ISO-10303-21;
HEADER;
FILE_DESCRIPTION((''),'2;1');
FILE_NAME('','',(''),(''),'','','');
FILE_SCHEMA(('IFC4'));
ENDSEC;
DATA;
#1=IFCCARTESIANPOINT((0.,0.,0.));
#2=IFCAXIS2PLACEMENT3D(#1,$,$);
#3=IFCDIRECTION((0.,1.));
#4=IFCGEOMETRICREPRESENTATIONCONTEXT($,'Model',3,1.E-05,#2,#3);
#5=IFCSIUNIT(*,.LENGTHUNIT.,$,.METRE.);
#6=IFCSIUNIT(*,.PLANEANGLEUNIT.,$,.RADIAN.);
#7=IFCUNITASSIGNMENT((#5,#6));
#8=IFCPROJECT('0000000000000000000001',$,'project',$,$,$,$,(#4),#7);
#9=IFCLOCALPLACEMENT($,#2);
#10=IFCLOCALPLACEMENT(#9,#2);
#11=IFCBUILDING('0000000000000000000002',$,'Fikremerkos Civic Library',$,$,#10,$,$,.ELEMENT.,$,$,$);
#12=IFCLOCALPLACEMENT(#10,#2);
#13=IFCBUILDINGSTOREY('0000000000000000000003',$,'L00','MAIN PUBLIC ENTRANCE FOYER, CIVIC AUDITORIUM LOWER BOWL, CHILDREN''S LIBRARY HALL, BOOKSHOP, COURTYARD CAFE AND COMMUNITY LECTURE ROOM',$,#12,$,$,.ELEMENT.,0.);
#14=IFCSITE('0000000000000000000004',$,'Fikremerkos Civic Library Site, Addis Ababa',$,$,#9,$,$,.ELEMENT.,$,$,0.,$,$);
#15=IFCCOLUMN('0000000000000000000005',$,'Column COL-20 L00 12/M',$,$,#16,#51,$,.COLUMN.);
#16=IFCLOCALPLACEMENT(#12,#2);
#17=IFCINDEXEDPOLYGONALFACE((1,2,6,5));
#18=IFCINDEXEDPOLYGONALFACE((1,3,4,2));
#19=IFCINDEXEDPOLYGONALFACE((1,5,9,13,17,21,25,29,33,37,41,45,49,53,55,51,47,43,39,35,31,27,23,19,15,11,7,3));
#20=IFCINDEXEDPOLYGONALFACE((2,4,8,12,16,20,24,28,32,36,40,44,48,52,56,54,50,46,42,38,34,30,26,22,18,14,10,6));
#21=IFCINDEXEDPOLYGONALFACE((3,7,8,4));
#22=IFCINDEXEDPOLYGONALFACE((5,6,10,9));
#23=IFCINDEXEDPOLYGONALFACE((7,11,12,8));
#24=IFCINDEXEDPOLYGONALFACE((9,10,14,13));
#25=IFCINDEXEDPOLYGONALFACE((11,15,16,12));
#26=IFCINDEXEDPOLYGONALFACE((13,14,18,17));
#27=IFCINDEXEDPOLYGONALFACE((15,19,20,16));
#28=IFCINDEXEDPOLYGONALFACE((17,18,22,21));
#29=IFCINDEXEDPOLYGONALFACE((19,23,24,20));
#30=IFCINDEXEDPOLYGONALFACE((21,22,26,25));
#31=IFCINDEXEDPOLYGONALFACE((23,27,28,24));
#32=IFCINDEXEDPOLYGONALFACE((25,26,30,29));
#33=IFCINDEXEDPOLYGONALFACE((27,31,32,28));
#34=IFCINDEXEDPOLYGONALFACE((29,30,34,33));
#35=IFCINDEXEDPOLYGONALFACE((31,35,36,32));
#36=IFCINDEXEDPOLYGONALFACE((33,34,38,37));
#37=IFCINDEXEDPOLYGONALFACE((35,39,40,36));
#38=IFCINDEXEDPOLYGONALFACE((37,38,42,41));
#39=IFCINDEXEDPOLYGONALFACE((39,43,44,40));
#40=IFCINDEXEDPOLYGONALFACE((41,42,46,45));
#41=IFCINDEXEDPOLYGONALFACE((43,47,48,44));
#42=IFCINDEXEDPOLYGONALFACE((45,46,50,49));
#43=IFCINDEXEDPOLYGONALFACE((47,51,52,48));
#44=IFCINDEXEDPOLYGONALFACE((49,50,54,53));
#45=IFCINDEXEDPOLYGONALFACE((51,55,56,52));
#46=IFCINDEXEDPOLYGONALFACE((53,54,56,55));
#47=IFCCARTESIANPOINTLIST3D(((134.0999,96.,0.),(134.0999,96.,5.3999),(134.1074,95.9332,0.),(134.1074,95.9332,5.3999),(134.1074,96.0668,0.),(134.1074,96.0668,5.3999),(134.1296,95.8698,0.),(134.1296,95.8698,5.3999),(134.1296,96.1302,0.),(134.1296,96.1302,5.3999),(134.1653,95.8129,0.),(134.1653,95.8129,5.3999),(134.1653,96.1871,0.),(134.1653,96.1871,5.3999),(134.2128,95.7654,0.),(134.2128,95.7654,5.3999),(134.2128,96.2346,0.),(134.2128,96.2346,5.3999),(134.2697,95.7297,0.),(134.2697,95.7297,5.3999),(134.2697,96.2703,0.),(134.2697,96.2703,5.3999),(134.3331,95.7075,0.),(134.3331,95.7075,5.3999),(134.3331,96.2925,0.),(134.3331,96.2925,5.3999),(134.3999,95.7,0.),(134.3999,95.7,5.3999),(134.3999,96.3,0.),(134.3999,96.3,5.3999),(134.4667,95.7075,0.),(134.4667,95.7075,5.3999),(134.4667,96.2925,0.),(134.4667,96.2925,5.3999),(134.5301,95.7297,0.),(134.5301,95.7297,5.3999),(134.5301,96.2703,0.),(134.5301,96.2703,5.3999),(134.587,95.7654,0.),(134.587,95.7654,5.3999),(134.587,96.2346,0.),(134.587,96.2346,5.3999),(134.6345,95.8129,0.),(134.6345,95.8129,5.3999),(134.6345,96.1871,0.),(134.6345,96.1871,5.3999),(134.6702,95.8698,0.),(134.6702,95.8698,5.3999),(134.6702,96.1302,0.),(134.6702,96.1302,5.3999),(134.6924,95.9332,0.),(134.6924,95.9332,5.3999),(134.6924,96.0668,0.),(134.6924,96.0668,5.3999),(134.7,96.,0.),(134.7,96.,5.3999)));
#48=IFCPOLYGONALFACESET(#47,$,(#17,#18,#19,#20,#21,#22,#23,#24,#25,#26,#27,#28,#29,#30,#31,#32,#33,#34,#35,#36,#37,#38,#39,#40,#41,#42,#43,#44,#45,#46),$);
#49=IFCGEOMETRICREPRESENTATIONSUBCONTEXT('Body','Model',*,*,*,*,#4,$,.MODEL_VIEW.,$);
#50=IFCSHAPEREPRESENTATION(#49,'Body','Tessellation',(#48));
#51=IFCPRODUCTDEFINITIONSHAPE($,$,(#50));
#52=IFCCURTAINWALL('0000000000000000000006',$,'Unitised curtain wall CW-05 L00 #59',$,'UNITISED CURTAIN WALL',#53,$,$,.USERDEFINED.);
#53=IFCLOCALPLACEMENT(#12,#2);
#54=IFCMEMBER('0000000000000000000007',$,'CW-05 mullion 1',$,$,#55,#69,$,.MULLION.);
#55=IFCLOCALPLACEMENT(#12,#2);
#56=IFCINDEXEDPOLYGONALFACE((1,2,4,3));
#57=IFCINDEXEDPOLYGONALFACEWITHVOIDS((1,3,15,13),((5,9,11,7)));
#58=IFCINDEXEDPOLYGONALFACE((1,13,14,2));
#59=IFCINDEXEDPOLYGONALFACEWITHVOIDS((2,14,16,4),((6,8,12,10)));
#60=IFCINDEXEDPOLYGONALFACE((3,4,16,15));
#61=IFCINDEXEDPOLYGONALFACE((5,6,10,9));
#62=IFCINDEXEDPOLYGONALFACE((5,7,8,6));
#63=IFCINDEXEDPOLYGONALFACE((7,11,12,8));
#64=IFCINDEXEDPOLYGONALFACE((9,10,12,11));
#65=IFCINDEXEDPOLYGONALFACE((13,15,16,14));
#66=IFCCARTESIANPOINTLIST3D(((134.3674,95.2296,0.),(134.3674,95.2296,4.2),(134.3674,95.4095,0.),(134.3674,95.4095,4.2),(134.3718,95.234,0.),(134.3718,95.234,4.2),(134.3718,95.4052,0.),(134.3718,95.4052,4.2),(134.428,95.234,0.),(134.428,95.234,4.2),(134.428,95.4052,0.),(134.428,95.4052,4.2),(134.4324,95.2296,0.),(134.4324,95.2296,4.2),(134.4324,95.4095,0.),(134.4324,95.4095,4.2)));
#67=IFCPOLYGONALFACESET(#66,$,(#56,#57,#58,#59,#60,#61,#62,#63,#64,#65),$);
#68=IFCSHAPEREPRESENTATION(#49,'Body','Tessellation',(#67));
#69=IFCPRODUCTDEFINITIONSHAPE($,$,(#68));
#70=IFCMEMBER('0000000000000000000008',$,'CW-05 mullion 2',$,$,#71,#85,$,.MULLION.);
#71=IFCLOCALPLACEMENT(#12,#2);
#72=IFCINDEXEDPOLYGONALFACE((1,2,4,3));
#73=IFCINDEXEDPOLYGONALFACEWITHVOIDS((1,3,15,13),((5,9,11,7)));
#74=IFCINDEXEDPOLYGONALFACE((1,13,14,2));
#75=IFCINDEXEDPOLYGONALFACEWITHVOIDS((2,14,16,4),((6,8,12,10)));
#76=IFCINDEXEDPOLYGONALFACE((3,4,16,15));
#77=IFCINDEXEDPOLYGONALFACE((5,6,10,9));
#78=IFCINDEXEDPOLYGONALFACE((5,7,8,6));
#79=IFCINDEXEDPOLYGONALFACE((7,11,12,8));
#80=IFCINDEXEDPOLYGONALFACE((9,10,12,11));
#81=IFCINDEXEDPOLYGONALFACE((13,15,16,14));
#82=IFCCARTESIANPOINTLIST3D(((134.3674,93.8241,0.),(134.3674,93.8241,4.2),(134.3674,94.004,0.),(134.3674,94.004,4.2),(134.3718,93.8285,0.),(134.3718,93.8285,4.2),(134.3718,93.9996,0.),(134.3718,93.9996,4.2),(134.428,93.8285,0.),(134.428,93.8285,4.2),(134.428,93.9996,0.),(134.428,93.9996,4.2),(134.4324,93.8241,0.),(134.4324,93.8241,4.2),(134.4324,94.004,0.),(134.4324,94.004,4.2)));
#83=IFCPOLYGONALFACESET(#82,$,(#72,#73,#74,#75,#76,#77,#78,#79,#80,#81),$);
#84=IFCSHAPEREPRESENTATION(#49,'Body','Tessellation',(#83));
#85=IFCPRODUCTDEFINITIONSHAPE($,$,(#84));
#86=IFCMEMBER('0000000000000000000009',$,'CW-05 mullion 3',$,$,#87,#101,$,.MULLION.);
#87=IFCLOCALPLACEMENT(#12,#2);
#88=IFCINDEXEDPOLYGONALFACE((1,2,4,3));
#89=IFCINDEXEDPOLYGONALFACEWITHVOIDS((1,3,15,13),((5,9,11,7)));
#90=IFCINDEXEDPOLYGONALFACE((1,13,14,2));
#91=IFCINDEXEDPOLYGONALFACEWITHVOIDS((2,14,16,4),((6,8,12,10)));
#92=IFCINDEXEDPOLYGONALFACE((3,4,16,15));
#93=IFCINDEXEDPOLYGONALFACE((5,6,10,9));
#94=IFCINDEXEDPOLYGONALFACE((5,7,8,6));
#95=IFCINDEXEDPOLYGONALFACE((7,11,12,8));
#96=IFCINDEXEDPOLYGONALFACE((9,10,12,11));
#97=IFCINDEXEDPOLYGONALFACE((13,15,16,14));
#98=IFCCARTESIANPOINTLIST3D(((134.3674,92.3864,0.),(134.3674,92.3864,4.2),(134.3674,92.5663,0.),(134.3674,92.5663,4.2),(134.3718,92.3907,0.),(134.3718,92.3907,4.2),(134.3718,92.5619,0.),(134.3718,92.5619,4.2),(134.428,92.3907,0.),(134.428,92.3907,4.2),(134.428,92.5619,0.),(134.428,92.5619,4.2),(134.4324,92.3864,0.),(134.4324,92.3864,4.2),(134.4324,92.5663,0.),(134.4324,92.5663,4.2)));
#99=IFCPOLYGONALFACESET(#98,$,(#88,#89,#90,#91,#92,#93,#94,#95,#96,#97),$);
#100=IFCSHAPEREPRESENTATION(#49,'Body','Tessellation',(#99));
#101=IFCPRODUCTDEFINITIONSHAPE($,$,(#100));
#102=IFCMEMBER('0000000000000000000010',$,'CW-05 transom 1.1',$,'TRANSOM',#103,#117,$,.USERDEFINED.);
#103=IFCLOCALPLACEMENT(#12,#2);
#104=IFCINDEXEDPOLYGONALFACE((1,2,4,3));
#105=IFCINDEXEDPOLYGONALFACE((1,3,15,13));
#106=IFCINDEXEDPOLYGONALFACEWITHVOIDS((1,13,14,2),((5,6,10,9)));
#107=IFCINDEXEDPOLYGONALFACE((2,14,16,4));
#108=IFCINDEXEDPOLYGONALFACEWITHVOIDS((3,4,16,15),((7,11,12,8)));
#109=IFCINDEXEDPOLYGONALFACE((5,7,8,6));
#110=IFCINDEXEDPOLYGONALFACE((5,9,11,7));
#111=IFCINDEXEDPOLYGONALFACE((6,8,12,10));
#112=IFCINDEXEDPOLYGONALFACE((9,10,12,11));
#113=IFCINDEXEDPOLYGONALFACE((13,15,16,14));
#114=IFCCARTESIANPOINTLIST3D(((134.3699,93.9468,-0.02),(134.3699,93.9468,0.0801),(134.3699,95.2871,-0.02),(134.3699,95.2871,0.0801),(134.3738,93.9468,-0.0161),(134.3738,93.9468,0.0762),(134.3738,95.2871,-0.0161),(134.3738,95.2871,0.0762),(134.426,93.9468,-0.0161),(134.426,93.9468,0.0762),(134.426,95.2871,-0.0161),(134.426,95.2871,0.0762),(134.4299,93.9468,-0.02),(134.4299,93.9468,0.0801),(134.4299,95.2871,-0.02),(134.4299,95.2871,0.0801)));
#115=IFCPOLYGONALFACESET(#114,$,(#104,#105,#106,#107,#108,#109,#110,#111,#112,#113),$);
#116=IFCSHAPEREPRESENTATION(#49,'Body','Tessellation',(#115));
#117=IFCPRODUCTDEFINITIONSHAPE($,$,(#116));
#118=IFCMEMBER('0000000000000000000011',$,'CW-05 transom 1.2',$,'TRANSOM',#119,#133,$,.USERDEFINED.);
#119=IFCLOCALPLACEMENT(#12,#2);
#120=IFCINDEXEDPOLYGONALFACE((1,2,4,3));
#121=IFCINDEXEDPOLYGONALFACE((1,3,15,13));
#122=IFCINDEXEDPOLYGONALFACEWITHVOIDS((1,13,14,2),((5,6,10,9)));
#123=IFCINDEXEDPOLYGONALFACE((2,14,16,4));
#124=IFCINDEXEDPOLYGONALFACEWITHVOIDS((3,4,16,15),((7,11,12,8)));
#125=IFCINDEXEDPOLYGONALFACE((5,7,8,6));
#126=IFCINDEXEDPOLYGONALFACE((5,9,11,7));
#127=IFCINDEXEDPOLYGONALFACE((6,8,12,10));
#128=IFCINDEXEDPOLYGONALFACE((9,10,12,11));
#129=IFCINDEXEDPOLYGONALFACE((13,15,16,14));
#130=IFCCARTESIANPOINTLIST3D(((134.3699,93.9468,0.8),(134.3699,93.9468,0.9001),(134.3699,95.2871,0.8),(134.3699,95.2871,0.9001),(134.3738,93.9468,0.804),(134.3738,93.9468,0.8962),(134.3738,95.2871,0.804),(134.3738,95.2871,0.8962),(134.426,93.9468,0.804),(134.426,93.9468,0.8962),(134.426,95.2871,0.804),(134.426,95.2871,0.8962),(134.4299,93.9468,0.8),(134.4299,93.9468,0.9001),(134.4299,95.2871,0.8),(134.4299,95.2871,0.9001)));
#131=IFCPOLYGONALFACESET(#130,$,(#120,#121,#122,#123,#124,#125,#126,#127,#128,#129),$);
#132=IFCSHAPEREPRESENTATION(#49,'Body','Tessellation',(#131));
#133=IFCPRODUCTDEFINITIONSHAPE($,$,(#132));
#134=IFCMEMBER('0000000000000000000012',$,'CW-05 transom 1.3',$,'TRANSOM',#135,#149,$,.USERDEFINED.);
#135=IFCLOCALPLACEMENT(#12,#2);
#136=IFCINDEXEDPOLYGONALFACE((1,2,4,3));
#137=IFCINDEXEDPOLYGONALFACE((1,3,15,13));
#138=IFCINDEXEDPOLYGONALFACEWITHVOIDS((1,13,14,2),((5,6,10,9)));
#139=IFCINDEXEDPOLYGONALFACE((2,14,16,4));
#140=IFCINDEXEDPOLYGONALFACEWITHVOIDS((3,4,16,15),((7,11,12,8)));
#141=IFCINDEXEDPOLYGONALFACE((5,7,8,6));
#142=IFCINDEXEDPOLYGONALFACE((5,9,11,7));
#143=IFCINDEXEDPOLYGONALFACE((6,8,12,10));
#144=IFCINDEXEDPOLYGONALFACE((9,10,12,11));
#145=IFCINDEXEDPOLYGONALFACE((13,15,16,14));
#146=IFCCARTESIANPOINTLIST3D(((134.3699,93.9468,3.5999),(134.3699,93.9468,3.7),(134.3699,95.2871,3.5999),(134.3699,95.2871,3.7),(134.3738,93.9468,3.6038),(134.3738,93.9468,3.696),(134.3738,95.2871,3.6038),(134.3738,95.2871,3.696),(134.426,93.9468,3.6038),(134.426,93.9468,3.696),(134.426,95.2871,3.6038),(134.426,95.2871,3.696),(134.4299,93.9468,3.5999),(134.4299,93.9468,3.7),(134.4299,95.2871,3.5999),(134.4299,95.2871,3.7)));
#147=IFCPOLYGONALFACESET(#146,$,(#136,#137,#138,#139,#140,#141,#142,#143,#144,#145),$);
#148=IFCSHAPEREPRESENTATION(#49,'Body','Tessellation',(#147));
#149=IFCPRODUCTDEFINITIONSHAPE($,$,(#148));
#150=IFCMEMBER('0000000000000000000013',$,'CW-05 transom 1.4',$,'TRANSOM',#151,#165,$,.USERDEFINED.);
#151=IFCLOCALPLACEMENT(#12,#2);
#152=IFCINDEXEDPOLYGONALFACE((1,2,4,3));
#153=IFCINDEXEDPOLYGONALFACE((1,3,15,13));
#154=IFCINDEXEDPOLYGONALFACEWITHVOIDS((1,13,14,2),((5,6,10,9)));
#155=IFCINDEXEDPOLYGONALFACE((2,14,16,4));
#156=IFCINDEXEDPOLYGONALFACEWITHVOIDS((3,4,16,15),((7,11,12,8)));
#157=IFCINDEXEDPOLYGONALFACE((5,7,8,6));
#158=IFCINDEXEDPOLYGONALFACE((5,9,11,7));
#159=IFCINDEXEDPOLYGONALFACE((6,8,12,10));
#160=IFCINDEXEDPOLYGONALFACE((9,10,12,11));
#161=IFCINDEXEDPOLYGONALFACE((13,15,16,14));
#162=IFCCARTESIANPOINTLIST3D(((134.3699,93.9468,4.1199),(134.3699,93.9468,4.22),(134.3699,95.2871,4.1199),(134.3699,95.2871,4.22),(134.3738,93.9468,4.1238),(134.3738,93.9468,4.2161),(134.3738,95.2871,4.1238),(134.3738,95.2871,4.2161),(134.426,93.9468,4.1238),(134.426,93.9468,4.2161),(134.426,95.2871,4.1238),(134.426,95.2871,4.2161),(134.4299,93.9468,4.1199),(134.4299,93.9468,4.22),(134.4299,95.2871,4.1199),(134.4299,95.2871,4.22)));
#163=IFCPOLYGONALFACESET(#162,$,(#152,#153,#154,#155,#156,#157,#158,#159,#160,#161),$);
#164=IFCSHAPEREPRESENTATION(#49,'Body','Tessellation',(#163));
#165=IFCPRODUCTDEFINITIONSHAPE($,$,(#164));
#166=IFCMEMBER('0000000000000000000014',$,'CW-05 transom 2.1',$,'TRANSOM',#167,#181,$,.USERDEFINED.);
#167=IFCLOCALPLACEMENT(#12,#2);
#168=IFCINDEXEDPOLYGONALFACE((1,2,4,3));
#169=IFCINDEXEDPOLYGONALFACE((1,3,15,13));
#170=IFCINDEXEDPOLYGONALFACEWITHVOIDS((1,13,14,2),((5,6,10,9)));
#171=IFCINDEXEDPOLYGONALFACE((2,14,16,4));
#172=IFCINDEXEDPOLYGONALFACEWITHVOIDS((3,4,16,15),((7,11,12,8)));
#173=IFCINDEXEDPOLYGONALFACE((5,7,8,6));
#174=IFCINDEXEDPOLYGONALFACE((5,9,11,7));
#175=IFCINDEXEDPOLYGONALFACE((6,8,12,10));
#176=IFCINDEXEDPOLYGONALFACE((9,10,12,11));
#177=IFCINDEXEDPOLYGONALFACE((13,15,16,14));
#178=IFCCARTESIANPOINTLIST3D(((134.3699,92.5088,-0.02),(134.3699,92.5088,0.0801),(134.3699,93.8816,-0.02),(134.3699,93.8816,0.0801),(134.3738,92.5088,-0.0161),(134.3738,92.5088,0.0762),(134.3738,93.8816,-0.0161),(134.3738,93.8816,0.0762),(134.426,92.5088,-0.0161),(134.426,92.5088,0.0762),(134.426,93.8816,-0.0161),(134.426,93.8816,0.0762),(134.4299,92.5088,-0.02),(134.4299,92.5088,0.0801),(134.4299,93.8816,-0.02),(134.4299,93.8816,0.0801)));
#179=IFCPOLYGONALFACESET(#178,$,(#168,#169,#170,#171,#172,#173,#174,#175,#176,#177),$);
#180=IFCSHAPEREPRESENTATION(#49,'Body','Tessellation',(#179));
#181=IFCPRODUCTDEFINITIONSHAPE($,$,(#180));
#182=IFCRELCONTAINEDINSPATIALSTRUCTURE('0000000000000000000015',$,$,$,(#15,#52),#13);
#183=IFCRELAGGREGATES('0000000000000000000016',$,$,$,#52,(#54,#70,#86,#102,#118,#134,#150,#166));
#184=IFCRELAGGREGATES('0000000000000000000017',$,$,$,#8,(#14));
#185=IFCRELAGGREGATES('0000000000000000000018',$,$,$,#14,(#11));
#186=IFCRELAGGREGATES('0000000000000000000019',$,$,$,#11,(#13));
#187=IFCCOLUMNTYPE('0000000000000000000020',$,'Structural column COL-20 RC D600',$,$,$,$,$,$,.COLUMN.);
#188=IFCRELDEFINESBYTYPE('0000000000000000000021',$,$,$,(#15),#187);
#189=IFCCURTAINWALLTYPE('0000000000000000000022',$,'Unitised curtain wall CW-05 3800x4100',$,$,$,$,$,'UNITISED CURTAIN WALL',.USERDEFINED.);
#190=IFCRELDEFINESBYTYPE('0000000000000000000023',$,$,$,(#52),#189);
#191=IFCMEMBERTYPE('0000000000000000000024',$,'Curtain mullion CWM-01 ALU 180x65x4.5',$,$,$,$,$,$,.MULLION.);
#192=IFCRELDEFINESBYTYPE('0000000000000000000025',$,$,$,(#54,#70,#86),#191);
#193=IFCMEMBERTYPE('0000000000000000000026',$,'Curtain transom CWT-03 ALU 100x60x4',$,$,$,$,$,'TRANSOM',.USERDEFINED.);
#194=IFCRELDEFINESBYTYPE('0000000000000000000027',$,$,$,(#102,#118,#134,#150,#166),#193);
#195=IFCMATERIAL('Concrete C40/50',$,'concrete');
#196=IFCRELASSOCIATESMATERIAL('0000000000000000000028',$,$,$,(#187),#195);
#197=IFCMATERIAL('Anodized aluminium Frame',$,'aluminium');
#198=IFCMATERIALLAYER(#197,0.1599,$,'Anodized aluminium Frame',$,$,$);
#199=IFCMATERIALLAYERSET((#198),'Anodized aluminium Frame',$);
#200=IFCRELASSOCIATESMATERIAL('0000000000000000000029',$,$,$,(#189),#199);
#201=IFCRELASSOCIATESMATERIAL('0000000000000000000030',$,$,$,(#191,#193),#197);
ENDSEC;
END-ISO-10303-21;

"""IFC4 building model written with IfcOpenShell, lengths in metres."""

from ifc_helpers import new_model, si_unit, direction, frame, origin, origin_2d, place, context, subcontext, project, spatial, hollow_rectangle, circle, extrude, material, layer, layer_set, material_profile, profile_set, type_object, element, aggregate, save


model = new_model("IFC4")

# Units and contexts
model_context = context("Model", 3, precision=1e-05, world=origin(), true_north=direction((0.0, 1.0)))
body_context = subcontext(model_context, "Body", "Model", "MODEL_VIEW")
ifc_project = project(units=[si_unit("LENGTHUNIT", "METRE"), si_unit("PLANEANGLEUNIT", "RADIAN")], contexts=[model_context])

# Site, building, storey
site_placement = place(None, origin())
site = spatial("IfcSite", under=ifc_project, at=site_placement, Name="Fikremerkos Civic Library Site, Addis Ababa", CompositionType="ELEMENT", RefElevation=0.0)
building_placement = place(site_placement, origin())
building = spatial("IfcBuilding", under=site, at=building_placement, Name="Fikremerkos Civic Library", CompositionType="ELEMENT")
storey_placement = place(building_placement, origin())
storey = spatial("IfcBuildingStorey", under=building, at=storey_placement, Name="L00", Description="MAIN PUBLIC ENTRANCE FOYER, CIVIC AUDITORIUM LOWER BOWL, CHILDREN'S LIBRARY HALL, BOOKSHOP, COURTYARD CAFE AND COMMUNITY LECTURE ROOM", CompositionType="ELEMENT", Elevation=0.0)

# Column
ifc_material_1 = material(Name="Concrete C40/50", Category="concrete")
ifc_material_profile_1 = material_profile(ifc_material_1, circle(Radius=0.3, at=origin_2d()), Name="RC D600")
ifc_profile_set_1 = profile_set([ifc_material_profile_1], Name="Concrete C40/50")
column_type = type_object("IfcColumnType", Name="Structural column COL-20 RC D600", PredefinedType="COLUMN", material=ifc_profile_set_1)
column_placement = place(storey_placement, frame((134.3999, 96.0, 0.0), z_axis=(0.0, 0.0, 1.0), x_axis=(1.0, 0.0, 0.0)))
element("IfcColumn", 1, at=column_placement, inside=storey, type_object=column_type, Name="Column COL-20 L00 12/M", PredefinedType="COLUMN", context=body_context, shape_type="SweptSolid", body=[
    extrude(circle(Radius=0.3, at=origin_2d()), origin(), (0.0, 0.0, 1.0), 5.3999),
])

# Curtain wall, members
ifc_material_2 = material(Name="Anodized aluminium Frame", Category="aluminium")
ifc_layer_1 = layer(ifc_material_2, 0.1599, Name="Anodized aluminium Frame")
ifc_layer_set_1 = layer_set([ifc_layer_1], Name="Anodized aluminium Frame")
curtain_wall_type = type_object("IfcCurtainWallType", Name="Unitised curtain wall CW-05 3800x4100", ElementType="UNITISED CURTAIN WALL", PredefinedType="USERDEFINED", material=ifc_layer_set_1)
curtain_wall_placement = place(storey_placement, origin())
curtain_wall = element("IfcCurtainWall", 2, at=curtain_wall_placement, inside=storey, type_object=curtain_wall_type, Name="Unitised curtain wall CW-05 L00 #59", ObjectType="UNITISED CURTAIN WALL", PredefinedType="USERDEFINED")
ifc_material_profile_2 = material_profile(ifc_material_2, hollow_rectangle(XDim=0.0649, YDim=0.1799, WallThickness=0.0044, at=origin_2d()), Name="ALU 180x65x4.5")
ifc_profile_set_2 = profile_set([ifc_material_profile_2], Name="Anodized aluminium Frame")
member_type_1 = type_object("IfcMemberType", Name="Curtain mullion CWM-01 ALU 180x65x4.5", PredefinedType="MULLION", material=ifc_profile_set_2)
member_1_placement = place(storey_placement, frame((134.3999, 95.3196, 0.0), z_axis=(0.0, 0.0, 1.0), x_axis=(1.0, 0.0, 0.0)))
member_1 = element("IfcMember", 3, at=member_1_placement, type_object=member_type_1, Name="CW-05 mullion 1", PredefinedType="MULLION", context=body_context, shape_type="SweptSolid", body=[
    extrude(hollow_rectangle(XDim=0.0649, YDim=0.1799, WallThickness=0.0044, at=origin_2d()), origin(), (0.0, 0.0, 1.0), 4.2),
])
member_2_placement = place(storey_placement, frame((134.3999, 93.9141, 0.0), z_axis=(0.0, 0.0, 1.0), x_axis=(1.0, 0.0, 0.0)))
member_2 = element("IfcMember", 4, at=member_2_placement, type_object=member_type_1, Name="CW-05 mullion 2", PredefinedType="MULLION", context=body_context, shape_type="SweptSolid", body=[
    extrude(hollow_rectangle(XDim=0.0649, YDim=0.1799, WallThickness=0.0044, at=origin_2d()), origin(), (0.0, 0.0, 1.0), 4.2),
])
member_3_placement = place(storey_placement, frame((134.3999, 92.4763, 0.0), z_axis=(0.0, 0.0, 1.0), x_axis=(1.0, 0.0, 0.0)))
member_3 = element("IfcMember", 5, at=member_3_placement, type_object=member_type_1, Name="CW-05 mullion 3", PredefinedType="MULLION", context=body_context, shape_type="SweptSolid", body=[
    extrude(hollow_rectangle(XDim=0.0649, YDim=0.1799, WallThickness=0.0044, at=origin_2d()), origin(), (0.0, 0.0, 1.0), 4.2),
])
ifc_material_profile_3 = material_profile(ifc_material_2, hollow_rectangle(XDim=0.0601, YDim=0.1001, WallThickness=0.0039, at=origin_2d()), Name="ALU 100x60x4")
ifc_profile_set_3 = profile_set([ifc_material_profile_3], Name="Anodized aluminium Frame")
member_type_2 = type_object("IfcMemberType", Name="Curtain transom CWT-03 ALU 100x60x4", ElementType="TRANSOM", PredefinedType="USERDEFINED", material=ifc_profile_set_3)
member_4_placement = place(storey_placement, frame((134.3999, 95.2871, 0.03), z_axis=(0.0, -1.0, 0.0), x_axis=(1.0, 0.0, 0.0)))
member_4 = element("IfcMember", 6, at=member_4_placement, type_object=member_type_2, Name="CW-05 transom 1.1", ObjectType="TRANSOM", PredefinedType="USERDEFINED", context=body_context, shape_type="SweptSolid", body=[
    extrude(hollow_rectangle(XDim=0.0601, YDim=0.1001, WallThickness=0.0039, at=origin_2d()), origin(), (0.0, 0.0, 1.0), 1.3403),
])
member_5_placement = place(storey_placement, frame((134.3999, 95.2871, 0.8501), z_axis=(0.0, -1.0, 0.0), x_axis=(1.0, 0.0, 0.0)))
member_5 = element("IfcMember", 7, at=member_5_placement, type_object=member_type_2, Name="CW-05 transom 1.2", ObjectType="TRANSOM", PredefinedType="USERDEFINED", context=body_context, shape_type="SweptSolid", body=[
    extrude(hollow_rectangle(XDim=0.0601, YDim=0.1001, WallThickness=0.0039, at=origin_2d()), origin(), (0.0, 0.0, 1.0), 1.3403),
])
member_6_placement = place(storey_placement, frame((134.3999, 95.2871, 3.6499), z_axis=(0.0, -1.0, 0.0), x_axis=(1.0, 0.0, 0.0)))
member_6 = element("IfcMember", 8, at=member_6_placement, type_object=member_type_2, Name="CW-05 transom 1.3", ObjectType="TRANSOM", PredefinedType="USERDEFINED", context=body_context, shape_type="SweptSolid", body=[
    extrude(hollow_rectangle(XDim=0.0601, YDim=0.1001, WallThickness=0.0039, at=origin_2d()), origin(), (0.0, 0.0, 1.0), 1.3403),
])
member_7_placement = place(storey_placement, frame((134.3999, 95.2871, 4.1699), z_axis=(0.0, -1.0, 0.0), x_axis=(1.0, 0.0, 0.0)))
member_7 = element("IfcMember", 9, at=member_7_placement, type_object=member_type_2, Name="CW-05 transom 1.4", ObjectType="TRANSOM", PredefinedType="USERDEFINED", context=body_context, shape_type="SweptSolid", body=[
    extrude(hollow_rectangle(XDim=0.0601, YDim=0.1001, WallThickness=0.0039, at=origin_2d()), origin(), (0.0, 0.0, 1.0), 1.3403),
])
member_8_placement = place(storey_placement, frame((134.3999, 93.8816, 0.03), z_axis=(0.0, -1.0, 0.0), x_axis=(1.0, 0.0, 0.0)))
member_8 = element("IfcMember", 10, at=member_8_placement, type_object=member_type_2, Name="CW-05 transom 2.1", ObjectType="TRANSOM", PredefinedType="USERDEFINED", context=body_context, shape_type="SweptSolid", body=[
    extrude(hollow_rectangle(XDim=0.0601, YDim=0.1001, WallThickness=0.0039, at=origin_2d()), origin(), (0.0, 0.0, 1.0), 1.3728),
])

aggregate(curtain_wall, [member_1, member_2, member_3, member_4, member_5, member_6, member_7, member_8])

save(model, "model.ifc")
